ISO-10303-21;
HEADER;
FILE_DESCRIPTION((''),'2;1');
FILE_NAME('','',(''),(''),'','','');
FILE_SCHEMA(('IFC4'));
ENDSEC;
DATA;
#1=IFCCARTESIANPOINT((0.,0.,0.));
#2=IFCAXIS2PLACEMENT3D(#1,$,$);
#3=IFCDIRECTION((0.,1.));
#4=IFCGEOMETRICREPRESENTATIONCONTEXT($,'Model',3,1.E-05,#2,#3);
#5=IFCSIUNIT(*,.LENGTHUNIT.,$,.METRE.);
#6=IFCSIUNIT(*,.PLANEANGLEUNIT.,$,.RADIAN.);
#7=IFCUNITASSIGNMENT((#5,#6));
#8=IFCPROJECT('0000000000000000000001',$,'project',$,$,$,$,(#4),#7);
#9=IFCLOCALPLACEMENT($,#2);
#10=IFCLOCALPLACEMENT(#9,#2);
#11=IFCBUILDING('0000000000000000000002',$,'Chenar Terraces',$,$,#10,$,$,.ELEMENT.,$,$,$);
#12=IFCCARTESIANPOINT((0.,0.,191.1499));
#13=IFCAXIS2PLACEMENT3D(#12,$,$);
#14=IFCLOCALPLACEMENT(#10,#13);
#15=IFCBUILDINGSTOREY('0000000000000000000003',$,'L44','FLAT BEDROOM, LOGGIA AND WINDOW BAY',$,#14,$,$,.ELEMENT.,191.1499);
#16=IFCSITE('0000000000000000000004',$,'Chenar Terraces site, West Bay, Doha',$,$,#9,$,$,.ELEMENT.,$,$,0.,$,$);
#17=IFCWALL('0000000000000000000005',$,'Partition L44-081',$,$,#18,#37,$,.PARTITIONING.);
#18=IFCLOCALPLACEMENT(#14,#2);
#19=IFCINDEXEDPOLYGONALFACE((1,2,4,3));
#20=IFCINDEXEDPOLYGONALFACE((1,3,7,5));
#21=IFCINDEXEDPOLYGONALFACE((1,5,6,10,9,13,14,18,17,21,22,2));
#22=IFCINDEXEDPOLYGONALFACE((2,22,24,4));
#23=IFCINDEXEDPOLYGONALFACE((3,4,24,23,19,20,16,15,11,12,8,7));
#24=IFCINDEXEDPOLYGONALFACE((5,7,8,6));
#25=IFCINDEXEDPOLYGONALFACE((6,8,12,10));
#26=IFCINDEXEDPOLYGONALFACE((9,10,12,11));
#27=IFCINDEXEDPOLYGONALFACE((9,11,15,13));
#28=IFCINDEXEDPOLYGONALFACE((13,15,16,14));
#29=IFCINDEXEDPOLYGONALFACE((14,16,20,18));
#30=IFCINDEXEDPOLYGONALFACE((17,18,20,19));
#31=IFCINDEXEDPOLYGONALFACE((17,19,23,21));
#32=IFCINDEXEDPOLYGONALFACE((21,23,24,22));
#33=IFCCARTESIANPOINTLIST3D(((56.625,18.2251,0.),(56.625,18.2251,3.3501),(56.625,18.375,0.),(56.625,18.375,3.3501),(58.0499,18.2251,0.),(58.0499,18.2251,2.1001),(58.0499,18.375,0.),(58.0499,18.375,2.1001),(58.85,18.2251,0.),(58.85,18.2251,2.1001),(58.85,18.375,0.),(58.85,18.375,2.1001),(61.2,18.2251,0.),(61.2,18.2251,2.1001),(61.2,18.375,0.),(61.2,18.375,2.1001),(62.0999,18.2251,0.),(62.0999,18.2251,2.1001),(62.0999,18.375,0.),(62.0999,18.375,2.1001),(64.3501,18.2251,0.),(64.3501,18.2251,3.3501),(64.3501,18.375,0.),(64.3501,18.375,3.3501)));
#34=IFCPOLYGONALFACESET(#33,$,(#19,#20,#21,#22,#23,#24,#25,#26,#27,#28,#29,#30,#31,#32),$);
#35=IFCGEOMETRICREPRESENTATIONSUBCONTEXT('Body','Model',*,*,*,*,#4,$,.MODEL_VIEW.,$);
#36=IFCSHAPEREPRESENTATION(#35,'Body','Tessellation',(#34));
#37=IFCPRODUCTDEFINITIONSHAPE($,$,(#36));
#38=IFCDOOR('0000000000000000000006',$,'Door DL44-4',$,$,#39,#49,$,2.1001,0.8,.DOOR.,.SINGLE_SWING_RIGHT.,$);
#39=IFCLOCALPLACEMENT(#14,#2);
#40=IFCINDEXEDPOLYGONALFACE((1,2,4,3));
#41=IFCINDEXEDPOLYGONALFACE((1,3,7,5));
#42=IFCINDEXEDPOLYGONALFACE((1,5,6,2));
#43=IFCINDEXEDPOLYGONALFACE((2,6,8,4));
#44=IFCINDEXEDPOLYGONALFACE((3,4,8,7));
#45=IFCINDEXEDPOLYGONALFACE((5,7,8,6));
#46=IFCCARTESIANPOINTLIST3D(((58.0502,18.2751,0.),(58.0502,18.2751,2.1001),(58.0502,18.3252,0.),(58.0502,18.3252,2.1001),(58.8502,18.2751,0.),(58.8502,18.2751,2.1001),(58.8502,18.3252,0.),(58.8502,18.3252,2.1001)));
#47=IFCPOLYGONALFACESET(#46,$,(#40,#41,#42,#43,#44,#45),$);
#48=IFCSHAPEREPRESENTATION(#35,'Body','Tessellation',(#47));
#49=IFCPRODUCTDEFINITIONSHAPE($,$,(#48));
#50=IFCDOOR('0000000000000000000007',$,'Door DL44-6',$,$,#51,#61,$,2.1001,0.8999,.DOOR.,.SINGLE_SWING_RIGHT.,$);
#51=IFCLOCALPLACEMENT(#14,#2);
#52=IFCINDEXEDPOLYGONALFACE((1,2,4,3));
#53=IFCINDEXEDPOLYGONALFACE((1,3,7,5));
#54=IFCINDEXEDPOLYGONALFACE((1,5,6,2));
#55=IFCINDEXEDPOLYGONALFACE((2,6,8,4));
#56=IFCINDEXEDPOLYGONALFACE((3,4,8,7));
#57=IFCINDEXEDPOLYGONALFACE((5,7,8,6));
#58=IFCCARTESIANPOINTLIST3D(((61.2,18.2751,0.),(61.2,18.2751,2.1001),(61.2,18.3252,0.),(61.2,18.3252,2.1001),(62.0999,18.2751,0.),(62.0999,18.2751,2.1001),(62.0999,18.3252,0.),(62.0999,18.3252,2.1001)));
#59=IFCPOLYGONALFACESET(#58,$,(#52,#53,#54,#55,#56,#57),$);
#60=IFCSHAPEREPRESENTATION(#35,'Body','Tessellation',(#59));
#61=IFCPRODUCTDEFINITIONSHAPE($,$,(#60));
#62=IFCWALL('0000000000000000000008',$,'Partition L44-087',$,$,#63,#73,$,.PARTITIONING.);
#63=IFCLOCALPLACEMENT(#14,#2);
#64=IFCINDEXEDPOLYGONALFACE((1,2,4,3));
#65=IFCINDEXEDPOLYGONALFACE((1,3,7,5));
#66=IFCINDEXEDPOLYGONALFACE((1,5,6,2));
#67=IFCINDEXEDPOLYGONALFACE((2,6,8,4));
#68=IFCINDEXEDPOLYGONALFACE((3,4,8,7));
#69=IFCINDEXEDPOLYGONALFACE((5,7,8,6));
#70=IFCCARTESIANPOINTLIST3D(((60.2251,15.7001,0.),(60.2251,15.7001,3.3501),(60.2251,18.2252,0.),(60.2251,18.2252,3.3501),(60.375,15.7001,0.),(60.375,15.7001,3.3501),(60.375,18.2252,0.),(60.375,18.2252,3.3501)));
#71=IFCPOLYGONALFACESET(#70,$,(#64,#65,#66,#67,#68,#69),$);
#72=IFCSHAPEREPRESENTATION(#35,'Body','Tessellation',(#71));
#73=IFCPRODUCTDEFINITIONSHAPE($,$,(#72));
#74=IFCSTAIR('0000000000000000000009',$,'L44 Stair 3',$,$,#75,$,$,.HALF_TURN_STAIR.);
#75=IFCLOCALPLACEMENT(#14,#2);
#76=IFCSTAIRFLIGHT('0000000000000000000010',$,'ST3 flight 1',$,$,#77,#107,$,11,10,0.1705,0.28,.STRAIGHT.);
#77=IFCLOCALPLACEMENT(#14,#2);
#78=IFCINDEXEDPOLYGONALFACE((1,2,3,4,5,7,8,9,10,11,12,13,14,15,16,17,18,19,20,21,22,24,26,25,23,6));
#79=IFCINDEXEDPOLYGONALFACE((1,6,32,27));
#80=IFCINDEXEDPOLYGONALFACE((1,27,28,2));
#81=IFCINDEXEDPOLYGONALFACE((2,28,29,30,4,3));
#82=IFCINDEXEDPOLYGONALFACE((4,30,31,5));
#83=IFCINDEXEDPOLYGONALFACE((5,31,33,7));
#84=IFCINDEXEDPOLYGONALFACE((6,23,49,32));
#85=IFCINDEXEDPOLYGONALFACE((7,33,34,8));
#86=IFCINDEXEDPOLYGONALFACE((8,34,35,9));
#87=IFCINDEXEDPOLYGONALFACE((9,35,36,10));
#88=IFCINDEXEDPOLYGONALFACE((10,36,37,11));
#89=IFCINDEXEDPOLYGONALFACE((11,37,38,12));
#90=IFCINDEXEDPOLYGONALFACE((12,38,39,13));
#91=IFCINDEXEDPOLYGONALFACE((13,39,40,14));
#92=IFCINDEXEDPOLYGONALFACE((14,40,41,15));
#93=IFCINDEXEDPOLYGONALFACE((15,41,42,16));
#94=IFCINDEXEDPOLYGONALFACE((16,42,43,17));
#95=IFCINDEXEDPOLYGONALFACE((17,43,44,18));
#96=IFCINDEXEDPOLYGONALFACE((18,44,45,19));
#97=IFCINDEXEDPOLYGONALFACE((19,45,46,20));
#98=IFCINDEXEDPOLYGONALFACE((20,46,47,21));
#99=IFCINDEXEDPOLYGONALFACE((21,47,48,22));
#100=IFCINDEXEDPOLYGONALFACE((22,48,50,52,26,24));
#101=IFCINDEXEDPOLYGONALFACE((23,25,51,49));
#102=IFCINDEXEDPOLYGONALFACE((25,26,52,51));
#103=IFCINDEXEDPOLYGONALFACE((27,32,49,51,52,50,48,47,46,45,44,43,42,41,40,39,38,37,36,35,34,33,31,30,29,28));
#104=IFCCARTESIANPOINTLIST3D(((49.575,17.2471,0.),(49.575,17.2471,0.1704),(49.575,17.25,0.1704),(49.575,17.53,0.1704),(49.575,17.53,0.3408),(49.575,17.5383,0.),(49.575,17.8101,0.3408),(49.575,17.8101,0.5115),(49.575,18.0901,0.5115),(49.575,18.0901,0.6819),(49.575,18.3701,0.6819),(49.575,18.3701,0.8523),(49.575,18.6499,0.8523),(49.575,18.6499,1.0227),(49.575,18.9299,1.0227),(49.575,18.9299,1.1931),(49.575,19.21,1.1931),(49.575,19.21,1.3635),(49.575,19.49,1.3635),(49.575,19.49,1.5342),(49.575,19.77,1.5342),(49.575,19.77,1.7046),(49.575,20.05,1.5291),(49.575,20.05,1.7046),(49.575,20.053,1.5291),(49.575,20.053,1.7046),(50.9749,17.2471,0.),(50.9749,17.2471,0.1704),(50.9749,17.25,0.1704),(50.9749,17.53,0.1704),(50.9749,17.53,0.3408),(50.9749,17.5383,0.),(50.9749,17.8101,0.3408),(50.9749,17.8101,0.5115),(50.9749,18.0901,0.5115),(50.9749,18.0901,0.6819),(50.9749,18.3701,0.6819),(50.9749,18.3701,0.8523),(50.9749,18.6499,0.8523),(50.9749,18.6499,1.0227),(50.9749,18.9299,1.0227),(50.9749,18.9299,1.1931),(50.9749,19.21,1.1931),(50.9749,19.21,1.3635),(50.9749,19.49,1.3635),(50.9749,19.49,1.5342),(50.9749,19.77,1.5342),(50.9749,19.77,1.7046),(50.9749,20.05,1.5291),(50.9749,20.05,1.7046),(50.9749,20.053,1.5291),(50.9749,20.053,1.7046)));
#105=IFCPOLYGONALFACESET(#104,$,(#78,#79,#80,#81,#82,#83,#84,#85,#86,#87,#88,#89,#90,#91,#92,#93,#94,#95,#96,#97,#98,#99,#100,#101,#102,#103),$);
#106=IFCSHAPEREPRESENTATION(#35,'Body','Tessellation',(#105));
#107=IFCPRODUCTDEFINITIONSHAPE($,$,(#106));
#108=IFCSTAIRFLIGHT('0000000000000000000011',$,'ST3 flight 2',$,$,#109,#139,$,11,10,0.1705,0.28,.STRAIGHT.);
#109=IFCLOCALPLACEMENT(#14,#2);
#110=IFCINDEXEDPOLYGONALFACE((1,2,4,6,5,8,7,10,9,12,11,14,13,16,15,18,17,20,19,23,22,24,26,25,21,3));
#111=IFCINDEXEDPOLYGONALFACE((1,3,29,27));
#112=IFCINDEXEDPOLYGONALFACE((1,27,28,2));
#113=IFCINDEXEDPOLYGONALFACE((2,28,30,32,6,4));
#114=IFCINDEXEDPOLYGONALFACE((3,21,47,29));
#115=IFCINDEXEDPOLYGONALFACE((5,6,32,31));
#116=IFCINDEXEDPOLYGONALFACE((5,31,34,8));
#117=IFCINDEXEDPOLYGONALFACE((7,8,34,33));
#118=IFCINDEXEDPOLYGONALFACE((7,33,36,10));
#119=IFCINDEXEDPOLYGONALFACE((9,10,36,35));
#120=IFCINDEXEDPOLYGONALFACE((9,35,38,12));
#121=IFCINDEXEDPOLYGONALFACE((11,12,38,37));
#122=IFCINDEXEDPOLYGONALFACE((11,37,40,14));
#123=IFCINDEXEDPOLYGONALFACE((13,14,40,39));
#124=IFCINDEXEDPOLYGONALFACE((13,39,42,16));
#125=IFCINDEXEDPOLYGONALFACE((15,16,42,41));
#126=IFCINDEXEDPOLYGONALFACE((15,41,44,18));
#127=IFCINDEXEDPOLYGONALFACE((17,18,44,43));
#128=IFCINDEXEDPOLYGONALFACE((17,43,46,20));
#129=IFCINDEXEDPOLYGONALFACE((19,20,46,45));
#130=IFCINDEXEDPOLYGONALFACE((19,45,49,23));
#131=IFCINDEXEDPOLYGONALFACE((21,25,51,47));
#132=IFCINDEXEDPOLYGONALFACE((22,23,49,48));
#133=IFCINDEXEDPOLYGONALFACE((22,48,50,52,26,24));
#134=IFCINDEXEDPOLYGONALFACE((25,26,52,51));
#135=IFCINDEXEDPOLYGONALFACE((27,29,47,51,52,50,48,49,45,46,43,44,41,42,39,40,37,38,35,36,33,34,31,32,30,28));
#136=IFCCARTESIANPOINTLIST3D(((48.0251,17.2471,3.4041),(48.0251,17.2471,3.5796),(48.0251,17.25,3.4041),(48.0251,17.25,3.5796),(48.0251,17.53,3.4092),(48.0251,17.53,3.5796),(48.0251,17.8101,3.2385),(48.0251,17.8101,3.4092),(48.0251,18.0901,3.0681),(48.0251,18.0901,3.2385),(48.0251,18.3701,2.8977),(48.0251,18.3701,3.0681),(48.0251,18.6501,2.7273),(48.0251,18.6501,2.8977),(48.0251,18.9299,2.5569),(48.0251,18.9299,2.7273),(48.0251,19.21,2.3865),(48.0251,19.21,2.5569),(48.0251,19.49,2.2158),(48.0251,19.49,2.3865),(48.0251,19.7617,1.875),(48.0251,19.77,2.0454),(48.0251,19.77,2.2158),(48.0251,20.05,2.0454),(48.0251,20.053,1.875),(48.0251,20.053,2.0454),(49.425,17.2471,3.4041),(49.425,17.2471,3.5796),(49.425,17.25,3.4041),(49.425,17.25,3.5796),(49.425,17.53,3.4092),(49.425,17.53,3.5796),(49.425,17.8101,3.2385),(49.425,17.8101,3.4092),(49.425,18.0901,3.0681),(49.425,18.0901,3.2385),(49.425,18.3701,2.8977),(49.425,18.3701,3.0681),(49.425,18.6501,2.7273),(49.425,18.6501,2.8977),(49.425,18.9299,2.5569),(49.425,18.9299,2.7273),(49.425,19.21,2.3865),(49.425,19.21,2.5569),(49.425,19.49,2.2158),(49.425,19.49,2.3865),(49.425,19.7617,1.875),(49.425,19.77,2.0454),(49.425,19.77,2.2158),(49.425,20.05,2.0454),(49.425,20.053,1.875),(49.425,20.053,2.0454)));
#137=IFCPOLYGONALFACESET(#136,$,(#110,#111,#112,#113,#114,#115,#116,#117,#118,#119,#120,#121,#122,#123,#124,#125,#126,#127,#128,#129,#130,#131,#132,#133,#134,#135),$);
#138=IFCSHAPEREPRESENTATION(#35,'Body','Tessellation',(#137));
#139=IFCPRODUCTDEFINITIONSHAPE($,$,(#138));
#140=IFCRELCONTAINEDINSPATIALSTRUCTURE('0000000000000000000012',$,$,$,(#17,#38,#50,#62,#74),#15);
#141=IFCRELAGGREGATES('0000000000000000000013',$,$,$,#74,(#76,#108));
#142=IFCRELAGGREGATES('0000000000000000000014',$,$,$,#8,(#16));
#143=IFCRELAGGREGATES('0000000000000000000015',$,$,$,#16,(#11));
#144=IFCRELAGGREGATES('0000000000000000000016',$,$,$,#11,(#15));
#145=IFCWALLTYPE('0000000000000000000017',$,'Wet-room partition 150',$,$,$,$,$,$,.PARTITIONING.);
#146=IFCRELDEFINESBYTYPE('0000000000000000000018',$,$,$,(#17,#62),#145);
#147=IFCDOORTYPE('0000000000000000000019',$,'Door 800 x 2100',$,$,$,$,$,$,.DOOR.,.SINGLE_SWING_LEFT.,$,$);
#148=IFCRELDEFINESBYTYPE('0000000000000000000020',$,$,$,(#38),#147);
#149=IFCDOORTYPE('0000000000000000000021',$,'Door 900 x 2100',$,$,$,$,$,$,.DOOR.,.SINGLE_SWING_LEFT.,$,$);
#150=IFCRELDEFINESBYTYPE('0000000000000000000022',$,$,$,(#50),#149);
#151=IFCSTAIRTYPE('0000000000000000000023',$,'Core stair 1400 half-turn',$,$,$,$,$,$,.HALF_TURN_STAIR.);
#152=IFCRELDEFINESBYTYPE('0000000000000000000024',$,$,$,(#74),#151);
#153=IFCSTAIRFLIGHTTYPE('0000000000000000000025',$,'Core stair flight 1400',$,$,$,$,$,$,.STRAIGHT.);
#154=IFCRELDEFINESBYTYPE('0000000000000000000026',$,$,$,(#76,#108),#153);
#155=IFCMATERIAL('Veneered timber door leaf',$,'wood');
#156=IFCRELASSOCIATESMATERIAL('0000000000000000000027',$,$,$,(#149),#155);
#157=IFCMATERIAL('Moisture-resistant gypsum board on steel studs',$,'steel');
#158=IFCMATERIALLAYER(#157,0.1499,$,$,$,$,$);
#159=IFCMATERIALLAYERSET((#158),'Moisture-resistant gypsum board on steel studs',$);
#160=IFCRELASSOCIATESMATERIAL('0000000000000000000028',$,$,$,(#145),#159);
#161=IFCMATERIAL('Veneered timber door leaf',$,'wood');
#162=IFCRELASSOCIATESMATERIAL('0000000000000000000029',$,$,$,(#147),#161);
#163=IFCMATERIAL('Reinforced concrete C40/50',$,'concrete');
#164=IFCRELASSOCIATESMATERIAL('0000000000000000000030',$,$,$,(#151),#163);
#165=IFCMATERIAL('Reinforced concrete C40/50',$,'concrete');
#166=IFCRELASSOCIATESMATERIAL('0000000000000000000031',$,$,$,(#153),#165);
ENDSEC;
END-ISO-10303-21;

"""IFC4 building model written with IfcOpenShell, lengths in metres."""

from ifc_helpers import new_model, si_unit, direction, frame, frame_2d, origin, place, context, subcontext, project, spatial, polyline, rectangle, outline, extrude, material, layer, layer_set, type_object, element, fill, aggregate, save


model = new_model("IFC4")

# Units and contexts
model_context = context("Model", 3, precision=1e-05, world=origin(), true_north=direction((0.0, 1.0)))
body_context = subcontext(model_context, "Body", "Model", "MODEL_VIEW")
ifc_project = project(units=[si_unit("LENGTHUNIT", "METRE"), si_unit("PLANEANGLEUNIT", "RADIAN")], contexts=[model_context])

# Site, building, storey
site_placement = place(None, origin())
site = spatial("IfcSite", under=ifc_project, at=site_placement, Name="Chenar Terraces site, West Bay, Doha", CompositionType="ELEMENT", RefElevation=0.0)
building_placement = place(site_placement, origin())
building = spatial("IfcBuilding", under=site, at=building_placement, Name="Chenar Terraces", CompositionType="ELEMENT")
storey_placement = place(building_placement, frame((0.0, 0.0, 191.1499)))
storey = spatial("IfcBuildingStorey", under=building, at=storey_placement, Name="L44", Description="FLAT BEDROOM, LOGGIA AND WINDOW BAY", CompositionType="ELEMENT", Elevation=191.1499)

# Shared definitions
ifc_material_1 = material(Name="Veneered timber door leaf", Category="wood")
door_type_1 = type_object("IfcDoorType", Name="Door 900 x 2100", OperationType="SINGLE_SWING_LEFT", PredefinedType="DOOR", material=ifc_material_1)

# Wall, openings, doors
ifc_material_2 = material(Name="Moisture-resistant gypsum board on steel studs", Category="steel")
ifc_layer_1 = layer(ifc_material_2, 0.1499)
ifc_layer_set_1 = layer_set([ifc_layer_1], Name="Moisture-resistant gypsum board on steel studs")
wall_type_1 = type_object("IfcWallType", Name="Wet-room partition 150", PredefinedType="PARTITIONING", material=ifc_layer_set_1)
wall_1_placement = place(storey_placement, frame((56.625, 18.3, 0.0), z_axis=(0.0, 0.0, 1.0), x_axis=(1.0, 0.0, 0.0)))
wall_1 = element("IfcWall", 1, at=wall_1_placement, inside=storey, type_object=wall_type_1, Name="Partition L44-081", PredefinedType="PARTITIONING", context=body_context, shape_type="SweptSolid", body=[
    extrude(rectangle(XDim=7.7251, YDim=0.1499, at=frame_2d((3.8625, 0.0))), origin(), (0.0, 0.0, 1.0), 3.3501),
])
opening_1_placement = place(wall_1_placement, frame((1.425, 0.0, 0.0)))
opening_1 = element("IfcOpeningElement", 2, at=opening_1_placement, cuts=wall_1, PredefinedType="OPENING", context=body_context, shape_type="SweptSolid", body=[
    extrude(rectangle(XDim=0.8, YDim=2.1001, at=frame_2d((0.3999, 1.05))), frame((0.0, 0.085, 0.0), z_axis=(0.0, -1.0, 0.0), x_axis=(1.0, 0.0, 0.0)), (0.0, 0.0, 1.0), 0.1699),
])
opening_2_placement = place(wall_1_placement, frame((4.575, 0.0, 0.0)))
opening_2 = element("IfcOpeningElement", 3, at=opening_2_placement, cuts=wall_1, PredefinedType="OPENING", context=body_context, shape_type="SweptSolid", body=[
    extrude(rectangle(XDim=0.8999, YDim=2.1001, at=frame_2d((0.45, 1.05))), frame((0.0, 0.085, 0.0), z_axis=(0.0, -1.0, 0.0), x_axis=(1.0, 0.0, 0.0)), (0.0, 0.0, 1.0), 0.1699),
])
ifc_material_3 = material(Name="Veneered timber door leaf", Category="wood")
door_type_2 = type_object("IfcDoorType", Name="Door 800 x 2100", OperationType="SINGLE_SWING_LEFT", PredefinedType="DOOR", material=ifc_material_3)
door_1_placement = place(opening_1_placement, frame((0.8, 0.0, 0.0), z_axis=(0.0, 0.0, 1.0), x_axis=(-1.0, 0.0, 0.0)))
door_1 = element("IfcDoor", 4, at=door_1_placement, inside=storey, type_object=door_type_2, Name="Door DL44-4", OperationType="SINGLE_SWING_RIGHT", OverallHeight=2.1001, OverallWidth=0.8, PredefinedType="DOOR", context=body_context, shape_type="SweptSolid", body=[
    extrude(rectangle(XDim=0.8, YDim=2.1001, at=frame_2d((0.3999, 1.05))), frame((0.0, 0.0249, 0.0), z_axis=(0.0, -1.0, 0.0), x_axis=(1.0, 0.0, 0.0)), (0.0, 0.0, 1.0), 0.05),
])
fill(opening_1, door_1)
door_2_placement = place(opening_2_placement, frame((0.8999, 0.0, 0.0), z_axis=(0.0, 0.0, 1.0), x_axis=(-1.0, 0.0, 0.0)))
door_2 = element("IfcDoor", 5, at=door_2_placement, inside=storey, type_object=door_type_1, Name="Door DL44-6", OperationType="SINGLE_SWING_RIGHT", OverallHeight=2.1001, OverallWidth=0.8999, PredefinedType="DOOR", context=body_context, shape_type="SweptSolid", body=[
    extrude(rectangle(XDim=0.8999, YDim=2.1001, at=frame_2d((0.45, 1.05))), frame((0.0, 0.0249, 0.0), z_axis=(0.0, -1.0, 0.0), x_axis=(1.0, 0.0, 0.0)), (0.0, 0.0, 1.0), 0.05),
])
fill(opening_2, door_2)

# Wall
wall_2_placement = place(storey_placement, frame((60.3, 15.7, 0.0), z_axis=(0.0, 0.0, 1.0), x_axis=(0.0, 1.0, 0.0)))
element("IfcWall", 6, at=wall_2_placement, inside=storey, type_object=wall_type_1, Name="Partition L44-087", PredefinedType="PARTITIONING", context=body_context, shape_type="SweptSolid", body=[
    extrude(rectangle(XDim=2.5251, YDim=0.1499, at=frame_2d((1.2627, 0.0))), origin(), (0.0, 0.0, 1.0), 3.3501),
])

# Stair, stair flights
ifc_material_4 = material(Name="Reinforced concrete C40/50", Category="concrete")
stair_type = type_object("IfcStairType", Name="Core stair 1400 half-turn", PredefinedType="HALF_TURN_STAIR", material=ifc_material_4)
stair_placement = place(storey_placement, origin())
stair = element("IfcStair", 7, at=stair_placement, inside=storey, type_object=stair_type, Name="L44 Stair 3", PredefinedType="HALF_TURN_STAIR")
ifc_material_5 = material(Name="Reinforced concrete C40/50", Category="concrete")
stair_flight_type = type_object("IfcStairFlightType", Name="Core stair flight 1400", PredefinedType="STRAIGHT", material=ifc_material_5)
stair_flight_1_placement = place(storey_placement, frame((50.2749, 17.25, 0.0), z_axis=(0.0, 0.0, 1.0), x_axis=(0.0, 1.0, 0.0)))
stair_flight_1 = element("IfcStairFlight", 8, at=stair_flight_1_placement, type_object=stair_flight_type, Name="ST3 flight 1", NumberOfRisers=11, NumberOfTreads=10, PredefinedType="STRAIGHT", RiserHeight=0.1705, TreadLength=0.28, context=body_context, shape_type="SweptSolid", body=[
    extrude(outline(polyline([(-0.0029, 0.0), (-0.0029, 0.1704), (0.0, 0.1704), (0.28, 0.1704), (0.28, 0.3408), (0.5601, 0.3408), (0.5601, 0.5115), (0.8401, 0.5115), (0.8401, 0.6819), (1.1201, 0.6819), (1.1201, 0.8523), (1.3999, 0.8523), (1.3999, 1.0227), (1.6799, 1.0227), (1.6799, 1.1931), (1.96, 1.1931), (1.96, 1.3635), (2.24, 1.3635), (2.24, 1.5342), (2.52, 1.5342), (2.52, 1.7046), (2.8, 1.7046), (2.803, 1.7046), (2.803, 1.5291), (2.8, 1.5291), (0.2883, 0.0), (-0.0029, 0.0)])), frame((0.0, 0.7, 0.0), z_axis=(0.0, -1.0, 0.0), x_axis=(1.0, 0.0, 0.0)), (0.0, 0.0, 1.0), 1.3999),
])
stair_flight_2_placement = place(storey_placement, frame((48.7251, 20.05, 1.875), z_axis=(0.0, 0.0, 1.0), x_axis=(0.0, -1.0, 0.0)))
stair_flight_2 = element("IfcStairFlight", 9, at=stair_flight_2_placement, type_object=stair_flight_type, Name="ST3 flight 2", NumberOfRisers=11, NumberOfTreads=10, PredefinedType="STRAIGHT", RiserHeight=0.1705, TreadLength=0.28, context=body_context, shape_type="SweptSolid", body=[
    extrude(outline(polyline([(-0.0029, 0.0), (-0.0029, 0.1704), (0.0, 0.1704), (0.28, 0.1704), (0.28, 0.3408), (0.5601, 0.3408), (0.5601, 0.5115), (0.8401, 0.5115), (0.8401, 0.6819), (1.1201, 0.6819), (1.1201, 0.8523), (1.3999, 0.8523), (1.3999, 1.0227), (1.6799, 1.0227), (1.6799, 1.1931), (1.96, 1.1931), (1.96, 1.3635), (2.24, 1.3635), (2.24, 1.5342), (2.52, 1.5342), (2.52, 1.7046), (2.8, 1.7046), (2.803, 1.7046), (2.803, 1.5291), (2.8, 1.5291), (0.2883, 0.0), (-0.0029, 0.0)])), frame((0.0, 0.7, 0.0), z_axis=(0.0, -1.0, 0.0), x_axis=(1.0, 0.0, 0.0)), (0.0, 0.0, 1.0), 1.3999),
])
aggregate(stair, [stair_flight_1, stair_flight_2])

save(model, "model.ifc")
